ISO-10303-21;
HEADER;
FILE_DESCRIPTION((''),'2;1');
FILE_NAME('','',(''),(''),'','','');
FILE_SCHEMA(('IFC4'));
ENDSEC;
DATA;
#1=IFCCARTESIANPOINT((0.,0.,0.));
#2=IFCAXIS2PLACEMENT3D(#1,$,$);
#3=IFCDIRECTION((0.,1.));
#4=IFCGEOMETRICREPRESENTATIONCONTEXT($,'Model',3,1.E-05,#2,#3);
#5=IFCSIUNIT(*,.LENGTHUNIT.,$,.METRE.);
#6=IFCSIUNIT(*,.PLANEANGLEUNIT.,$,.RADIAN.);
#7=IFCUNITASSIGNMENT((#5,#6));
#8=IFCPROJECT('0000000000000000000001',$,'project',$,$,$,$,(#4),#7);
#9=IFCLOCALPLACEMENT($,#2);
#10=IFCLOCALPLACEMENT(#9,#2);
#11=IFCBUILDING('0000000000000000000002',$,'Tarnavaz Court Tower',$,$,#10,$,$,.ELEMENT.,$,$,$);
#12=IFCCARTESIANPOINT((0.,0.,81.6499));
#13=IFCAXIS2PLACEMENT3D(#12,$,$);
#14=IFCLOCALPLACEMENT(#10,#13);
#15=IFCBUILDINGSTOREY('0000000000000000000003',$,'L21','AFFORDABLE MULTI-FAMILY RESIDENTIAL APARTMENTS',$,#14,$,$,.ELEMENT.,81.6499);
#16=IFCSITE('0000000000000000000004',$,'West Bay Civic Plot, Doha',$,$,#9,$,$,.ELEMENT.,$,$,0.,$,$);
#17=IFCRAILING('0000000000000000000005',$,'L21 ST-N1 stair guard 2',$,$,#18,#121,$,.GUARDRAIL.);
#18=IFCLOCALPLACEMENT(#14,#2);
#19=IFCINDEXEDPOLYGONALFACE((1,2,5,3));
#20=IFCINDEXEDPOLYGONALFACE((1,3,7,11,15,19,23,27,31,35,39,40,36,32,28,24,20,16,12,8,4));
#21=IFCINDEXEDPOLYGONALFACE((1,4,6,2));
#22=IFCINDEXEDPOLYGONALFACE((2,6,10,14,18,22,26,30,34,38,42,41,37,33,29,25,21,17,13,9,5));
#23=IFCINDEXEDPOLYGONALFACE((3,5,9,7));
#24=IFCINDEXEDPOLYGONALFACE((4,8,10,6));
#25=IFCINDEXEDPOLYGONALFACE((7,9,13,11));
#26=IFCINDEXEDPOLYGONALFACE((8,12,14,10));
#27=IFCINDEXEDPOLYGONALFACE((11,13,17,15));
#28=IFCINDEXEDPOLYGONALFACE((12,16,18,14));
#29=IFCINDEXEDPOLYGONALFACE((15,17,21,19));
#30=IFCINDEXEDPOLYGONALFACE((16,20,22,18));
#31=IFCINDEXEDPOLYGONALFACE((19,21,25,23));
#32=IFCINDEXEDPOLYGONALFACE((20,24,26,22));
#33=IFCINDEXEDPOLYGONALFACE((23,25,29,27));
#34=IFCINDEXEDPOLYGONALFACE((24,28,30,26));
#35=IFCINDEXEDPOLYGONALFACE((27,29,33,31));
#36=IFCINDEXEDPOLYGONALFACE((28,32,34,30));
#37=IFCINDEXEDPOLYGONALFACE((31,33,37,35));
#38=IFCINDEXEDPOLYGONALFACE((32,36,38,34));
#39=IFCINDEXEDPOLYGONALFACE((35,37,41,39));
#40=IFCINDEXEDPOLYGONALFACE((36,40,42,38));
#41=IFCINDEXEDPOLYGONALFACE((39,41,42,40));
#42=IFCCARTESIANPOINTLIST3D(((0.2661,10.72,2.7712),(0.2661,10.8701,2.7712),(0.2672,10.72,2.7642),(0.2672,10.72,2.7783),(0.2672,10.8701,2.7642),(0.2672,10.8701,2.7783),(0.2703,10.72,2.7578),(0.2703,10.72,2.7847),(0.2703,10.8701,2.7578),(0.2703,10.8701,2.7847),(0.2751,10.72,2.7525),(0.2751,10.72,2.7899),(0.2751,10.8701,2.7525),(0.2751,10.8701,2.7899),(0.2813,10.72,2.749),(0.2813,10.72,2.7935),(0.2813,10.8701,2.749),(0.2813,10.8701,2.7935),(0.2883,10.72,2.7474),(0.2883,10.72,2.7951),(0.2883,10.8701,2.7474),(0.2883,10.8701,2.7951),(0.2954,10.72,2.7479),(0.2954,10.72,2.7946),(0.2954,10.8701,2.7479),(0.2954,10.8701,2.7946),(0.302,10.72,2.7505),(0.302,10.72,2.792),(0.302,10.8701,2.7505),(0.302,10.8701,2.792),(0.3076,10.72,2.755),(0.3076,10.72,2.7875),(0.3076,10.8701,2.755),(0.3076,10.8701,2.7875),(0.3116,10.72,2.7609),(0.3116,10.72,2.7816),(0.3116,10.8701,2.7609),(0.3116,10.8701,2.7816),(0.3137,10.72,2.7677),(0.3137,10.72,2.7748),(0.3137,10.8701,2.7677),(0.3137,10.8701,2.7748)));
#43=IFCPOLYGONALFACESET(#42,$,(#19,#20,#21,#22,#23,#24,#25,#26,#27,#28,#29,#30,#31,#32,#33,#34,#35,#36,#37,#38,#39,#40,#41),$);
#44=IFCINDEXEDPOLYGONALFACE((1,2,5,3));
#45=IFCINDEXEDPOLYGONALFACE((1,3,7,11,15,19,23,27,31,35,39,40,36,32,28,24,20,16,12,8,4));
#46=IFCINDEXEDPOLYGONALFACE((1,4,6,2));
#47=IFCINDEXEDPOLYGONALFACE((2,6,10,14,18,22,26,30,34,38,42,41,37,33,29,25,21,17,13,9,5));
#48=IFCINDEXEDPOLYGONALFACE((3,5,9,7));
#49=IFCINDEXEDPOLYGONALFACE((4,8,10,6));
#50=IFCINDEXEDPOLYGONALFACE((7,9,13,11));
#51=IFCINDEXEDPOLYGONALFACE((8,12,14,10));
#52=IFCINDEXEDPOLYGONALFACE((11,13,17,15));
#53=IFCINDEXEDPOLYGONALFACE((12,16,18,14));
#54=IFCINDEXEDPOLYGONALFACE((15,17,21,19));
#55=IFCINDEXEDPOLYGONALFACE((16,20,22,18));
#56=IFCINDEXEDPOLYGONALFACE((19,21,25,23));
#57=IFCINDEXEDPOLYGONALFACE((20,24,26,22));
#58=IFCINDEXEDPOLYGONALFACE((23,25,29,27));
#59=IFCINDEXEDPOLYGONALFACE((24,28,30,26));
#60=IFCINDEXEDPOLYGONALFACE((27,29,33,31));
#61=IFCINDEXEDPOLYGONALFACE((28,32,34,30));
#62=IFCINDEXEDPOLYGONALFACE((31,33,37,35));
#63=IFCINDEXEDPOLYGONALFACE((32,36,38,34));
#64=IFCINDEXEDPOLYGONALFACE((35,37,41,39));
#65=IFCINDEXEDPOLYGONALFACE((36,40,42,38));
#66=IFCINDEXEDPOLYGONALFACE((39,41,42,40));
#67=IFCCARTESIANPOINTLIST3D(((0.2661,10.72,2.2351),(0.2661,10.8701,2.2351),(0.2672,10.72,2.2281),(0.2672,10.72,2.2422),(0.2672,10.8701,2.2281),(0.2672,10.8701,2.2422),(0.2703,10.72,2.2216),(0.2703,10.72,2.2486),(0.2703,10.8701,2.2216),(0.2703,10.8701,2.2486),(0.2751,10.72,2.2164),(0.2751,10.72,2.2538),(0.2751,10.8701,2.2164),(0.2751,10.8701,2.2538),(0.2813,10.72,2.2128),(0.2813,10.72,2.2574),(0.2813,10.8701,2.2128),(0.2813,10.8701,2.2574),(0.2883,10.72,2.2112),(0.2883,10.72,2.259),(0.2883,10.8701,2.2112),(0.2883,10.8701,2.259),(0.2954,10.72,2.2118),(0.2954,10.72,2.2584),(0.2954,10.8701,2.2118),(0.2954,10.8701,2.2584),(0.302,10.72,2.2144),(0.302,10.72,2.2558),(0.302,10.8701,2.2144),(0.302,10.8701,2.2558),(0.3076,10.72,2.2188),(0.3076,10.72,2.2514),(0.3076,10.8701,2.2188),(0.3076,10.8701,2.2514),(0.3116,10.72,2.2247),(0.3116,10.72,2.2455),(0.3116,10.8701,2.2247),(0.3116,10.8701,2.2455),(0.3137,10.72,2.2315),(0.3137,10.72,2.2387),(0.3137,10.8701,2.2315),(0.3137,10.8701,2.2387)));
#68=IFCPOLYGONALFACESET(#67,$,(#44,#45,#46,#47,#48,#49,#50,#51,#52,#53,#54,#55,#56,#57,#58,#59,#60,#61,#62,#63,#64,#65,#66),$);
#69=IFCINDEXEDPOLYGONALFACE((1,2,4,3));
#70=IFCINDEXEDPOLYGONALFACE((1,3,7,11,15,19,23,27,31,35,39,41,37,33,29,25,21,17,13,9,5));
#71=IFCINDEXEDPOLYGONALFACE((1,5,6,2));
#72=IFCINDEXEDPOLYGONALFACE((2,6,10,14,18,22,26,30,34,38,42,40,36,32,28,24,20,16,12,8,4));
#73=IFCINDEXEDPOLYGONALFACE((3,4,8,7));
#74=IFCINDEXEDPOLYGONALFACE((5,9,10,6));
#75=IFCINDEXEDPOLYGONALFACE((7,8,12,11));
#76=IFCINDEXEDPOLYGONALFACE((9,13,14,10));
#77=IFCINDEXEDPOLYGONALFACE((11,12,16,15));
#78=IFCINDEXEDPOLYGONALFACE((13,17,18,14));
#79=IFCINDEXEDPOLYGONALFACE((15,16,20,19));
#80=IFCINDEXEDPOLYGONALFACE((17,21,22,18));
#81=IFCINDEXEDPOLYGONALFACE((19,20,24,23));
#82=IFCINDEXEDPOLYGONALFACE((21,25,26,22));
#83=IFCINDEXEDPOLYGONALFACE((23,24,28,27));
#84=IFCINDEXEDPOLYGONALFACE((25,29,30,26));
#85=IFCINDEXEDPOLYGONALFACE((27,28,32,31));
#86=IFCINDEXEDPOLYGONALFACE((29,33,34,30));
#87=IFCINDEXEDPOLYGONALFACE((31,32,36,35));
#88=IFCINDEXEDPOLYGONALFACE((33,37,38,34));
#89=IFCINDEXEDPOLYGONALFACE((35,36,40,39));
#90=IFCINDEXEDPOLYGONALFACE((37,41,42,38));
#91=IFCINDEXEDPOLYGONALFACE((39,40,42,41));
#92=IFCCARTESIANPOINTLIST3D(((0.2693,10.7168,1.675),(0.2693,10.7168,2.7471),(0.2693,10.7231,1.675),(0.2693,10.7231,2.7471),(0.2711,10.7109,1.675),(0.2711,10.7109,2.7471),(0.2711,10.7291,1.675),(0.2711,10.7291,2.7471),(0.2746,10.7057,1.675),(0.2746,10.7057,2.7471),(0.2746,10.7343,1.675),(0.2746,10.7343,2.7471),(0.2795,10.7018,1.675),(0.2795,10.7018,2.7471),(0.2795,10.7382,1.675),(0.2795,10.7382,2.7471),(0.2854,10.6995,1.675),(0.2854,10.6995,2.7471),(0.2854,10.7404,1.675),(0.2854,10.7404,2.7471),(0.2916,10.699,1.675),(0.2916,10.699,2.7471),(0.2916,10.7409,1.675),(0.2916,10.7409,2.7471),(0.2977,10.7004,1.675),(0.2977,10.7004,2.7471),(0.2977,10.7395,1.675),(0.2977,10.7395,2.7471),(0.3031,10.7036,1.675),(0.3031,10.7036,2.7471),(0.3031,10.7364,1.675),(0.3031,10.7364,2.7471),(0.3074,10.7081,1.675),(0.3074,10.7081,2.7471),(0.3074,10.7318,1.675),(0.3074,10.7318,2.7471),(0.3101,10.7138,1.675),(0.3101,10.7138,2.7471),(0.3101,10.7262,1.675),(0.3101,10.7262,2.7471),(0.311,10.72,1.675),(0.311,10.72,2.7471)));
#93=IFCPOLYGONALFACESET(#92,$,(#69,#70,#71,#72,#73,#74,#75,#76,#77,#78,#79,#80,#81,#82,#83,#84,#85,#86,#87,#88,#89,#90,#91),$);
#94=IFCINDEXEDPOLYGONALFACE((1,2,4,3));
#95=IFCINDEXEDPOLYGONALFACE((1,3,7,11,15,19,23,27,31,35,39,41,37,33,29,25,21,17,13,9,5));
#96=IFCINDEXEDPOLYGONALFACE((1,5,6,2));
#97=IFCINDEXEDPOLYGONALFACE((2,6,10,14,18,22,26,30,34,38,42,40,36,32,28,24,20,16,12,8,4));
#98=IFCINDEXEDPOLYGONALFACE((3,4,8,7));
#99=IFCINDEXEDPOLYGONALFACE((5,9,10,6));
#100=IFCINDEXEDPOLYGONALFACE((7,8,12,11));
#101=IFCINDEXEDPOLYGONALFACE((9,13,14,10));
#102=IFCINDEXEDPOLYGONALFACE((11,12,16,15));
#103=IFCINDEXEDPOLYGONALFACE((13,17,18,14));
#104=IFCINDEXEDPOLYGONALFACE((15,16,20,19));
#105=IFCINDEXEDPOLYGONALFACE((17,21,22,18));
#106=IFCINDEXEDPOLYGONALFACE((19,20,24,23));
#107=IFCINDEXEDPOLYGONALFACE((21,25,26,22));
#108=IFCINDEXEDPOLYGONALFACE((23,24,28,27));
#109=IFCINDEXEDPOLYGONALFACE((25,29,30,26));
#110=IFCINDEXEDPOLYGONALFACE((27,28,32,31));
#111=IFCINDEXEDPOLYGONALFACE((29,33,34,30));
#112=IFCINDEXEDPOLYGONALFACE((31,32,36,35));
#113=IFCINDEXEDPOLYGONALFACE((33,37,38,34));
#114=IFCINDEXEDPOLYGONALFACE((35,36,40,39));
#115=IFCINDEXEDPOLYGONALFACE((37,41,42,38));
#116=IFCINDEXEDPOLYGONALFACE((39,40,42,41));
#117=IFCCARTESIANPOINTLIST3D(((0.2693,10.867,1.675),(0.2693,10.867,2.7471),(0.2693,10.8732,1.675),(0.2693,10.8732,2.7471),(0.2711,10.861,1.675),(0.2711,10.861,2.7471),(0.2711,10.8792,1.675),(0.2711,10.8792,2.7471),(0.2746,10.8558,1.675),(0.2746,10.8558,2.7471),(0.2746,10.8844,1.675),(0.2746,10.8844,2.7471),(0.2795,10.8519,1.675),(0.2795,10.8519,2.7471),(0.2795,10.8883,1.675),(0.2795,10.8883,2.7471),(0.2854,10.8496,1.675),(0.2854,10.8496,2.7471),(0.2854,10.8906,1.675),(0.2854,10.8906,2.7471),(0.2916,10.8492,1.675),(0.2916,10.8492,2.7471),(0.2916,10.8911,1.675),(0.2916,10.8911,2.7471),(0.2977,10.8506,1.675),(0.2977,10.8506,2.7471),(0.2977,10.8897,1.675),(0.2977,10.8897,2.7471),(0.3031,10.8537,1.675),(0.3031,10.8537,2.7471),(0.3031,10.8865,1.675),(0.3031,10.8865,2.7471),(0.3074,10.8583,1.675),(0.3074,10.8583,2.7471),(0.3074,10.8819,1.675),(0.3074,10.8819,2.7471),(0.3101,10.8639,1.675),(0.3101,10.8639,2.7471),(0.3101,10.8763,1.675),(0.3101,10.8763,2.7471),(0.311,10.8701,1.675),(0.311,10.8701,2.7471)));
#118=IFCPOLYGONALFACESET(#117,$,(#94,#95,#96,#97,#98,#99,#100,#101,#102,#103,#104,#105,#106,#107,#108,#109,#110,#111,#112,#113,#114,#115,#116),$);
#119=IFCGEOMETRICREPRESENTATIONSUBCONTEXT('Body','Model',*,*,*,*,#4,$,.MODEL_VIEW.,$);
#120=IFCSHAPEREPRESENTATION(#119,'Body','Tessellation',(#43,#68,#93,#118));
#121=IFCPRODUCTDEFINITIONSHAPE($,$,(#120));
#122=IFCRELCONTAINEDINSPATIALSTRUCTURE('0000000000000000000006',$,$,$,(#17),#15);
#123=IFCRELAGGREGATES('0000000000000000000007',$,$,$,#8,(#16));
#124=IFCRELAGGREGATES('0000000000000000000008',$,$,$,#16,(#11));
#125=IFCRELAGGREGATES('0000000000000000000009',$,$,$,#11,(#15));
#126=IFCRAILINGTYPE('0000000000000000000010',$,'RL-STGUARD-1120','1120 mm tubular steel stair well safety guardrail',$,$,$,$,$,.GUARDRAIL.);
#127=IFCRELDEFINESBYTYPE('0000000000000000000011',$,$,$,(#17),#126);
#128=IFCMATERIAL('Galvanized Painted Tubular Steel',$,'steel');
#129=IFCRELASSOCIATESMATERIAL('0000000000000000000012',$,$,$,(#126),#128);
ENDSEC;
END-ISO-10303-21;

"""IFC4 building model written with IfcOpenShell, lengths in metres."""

from ifc_helpers import new_model, si_unit, direction, frame, origin, origin_2d, place, context, subcontext, project, spatial, circle, extrude, material, type_object, element, save


model = new_model("IFC4")

# Units and contexts
model_context = context("Model", 3, precision=1e-05, world=origin(), true_north=direction((0.0, 1.0)))
body_context = subcontext(model_context, "Body", "Model", "MODEL_VIEW")
ifc_project = project(units=[si_unit("LENGTHUNIT", "METRE"), si_unit("PLANEANGLEUNIT", "RADIAN")], contexts=[model_context])

# Site, building, storey
site_placement = place(None, origin())
site = spatial("IfcSite", under=ifc_project, at=site_placement, Name="West Bay Civic Plot, Doha", CompositionType="ELEMENT", RefElevation=0.0)
building_placement = place(site_placement, origin())
building = spatial("IfcBuilding", under=site, at=building_placement, Name="Tarnavaz Court Tower", CompositionType="ELEMENT")
storey_placement = place(building_placement, frame((0.0, 0.0, 81.6499)))
storey = spatial("IfcBuildingStorey", under=building, at=storey_placement, Name="L21", Description="AFFORDABLE MULTI-FAMILY RESIDENTIAL APARTMENTS", CompositionType="ELEMENT", Elevation=81.6499)

# Railing
ifc_material_1 = material(Name="Galvanized Painted Tubular Steel", Category="steel")
railing_type_1 = type_object("IfcRailingType", Name="RL-STGUARD-1120", Description="1120 mm tubular steel stair well safety guardrail", PredefinedType="GUARDRAIL", material=ifc_material_1)
railing_1_placement = place(storey_placement, frame((0.29, 10.72, 1.675)))
element("IfcRailing", 1, at=railing_1_placement, inside=storey, type_object=railing_type_1, Name="L21 ST-N1 stair guard 2", PredefinedType="GUARDRAIL", context=body_context, shape_type="SweptSolid", body=[
    extrude(circle(Radius=0.0239, at=origin_2d()), frame((0.0, 0.0, 1.0962), z_axis=(0.0, 1.0, 0.0), x_axis=(-1.0, 0.0, 0.0)), (0.0, 0.0, 1.0), 0.1501),
    extrude(circle(Radius=0.0239, at=origin_2d()), frame((0.0, 0.0, 0.5601), z_axis=(0.0, 1.0, 0.0), x_axis=(-1.0, 0.0, 0.0)), (0.0, 0.0, 1.0), 0.1501),
    extrude(circle(Radius=0.021, at=origin_2d()), origin(), (0.0, 0.0, 1.0), 1.072),
    extrude(circle(Radius=0.021, at=origin_2d()), frame((0.0, 0.1501, 0.0)), (0.0, 0.0, 1.0), 1.072),
])

save(model, "model.ifc")
